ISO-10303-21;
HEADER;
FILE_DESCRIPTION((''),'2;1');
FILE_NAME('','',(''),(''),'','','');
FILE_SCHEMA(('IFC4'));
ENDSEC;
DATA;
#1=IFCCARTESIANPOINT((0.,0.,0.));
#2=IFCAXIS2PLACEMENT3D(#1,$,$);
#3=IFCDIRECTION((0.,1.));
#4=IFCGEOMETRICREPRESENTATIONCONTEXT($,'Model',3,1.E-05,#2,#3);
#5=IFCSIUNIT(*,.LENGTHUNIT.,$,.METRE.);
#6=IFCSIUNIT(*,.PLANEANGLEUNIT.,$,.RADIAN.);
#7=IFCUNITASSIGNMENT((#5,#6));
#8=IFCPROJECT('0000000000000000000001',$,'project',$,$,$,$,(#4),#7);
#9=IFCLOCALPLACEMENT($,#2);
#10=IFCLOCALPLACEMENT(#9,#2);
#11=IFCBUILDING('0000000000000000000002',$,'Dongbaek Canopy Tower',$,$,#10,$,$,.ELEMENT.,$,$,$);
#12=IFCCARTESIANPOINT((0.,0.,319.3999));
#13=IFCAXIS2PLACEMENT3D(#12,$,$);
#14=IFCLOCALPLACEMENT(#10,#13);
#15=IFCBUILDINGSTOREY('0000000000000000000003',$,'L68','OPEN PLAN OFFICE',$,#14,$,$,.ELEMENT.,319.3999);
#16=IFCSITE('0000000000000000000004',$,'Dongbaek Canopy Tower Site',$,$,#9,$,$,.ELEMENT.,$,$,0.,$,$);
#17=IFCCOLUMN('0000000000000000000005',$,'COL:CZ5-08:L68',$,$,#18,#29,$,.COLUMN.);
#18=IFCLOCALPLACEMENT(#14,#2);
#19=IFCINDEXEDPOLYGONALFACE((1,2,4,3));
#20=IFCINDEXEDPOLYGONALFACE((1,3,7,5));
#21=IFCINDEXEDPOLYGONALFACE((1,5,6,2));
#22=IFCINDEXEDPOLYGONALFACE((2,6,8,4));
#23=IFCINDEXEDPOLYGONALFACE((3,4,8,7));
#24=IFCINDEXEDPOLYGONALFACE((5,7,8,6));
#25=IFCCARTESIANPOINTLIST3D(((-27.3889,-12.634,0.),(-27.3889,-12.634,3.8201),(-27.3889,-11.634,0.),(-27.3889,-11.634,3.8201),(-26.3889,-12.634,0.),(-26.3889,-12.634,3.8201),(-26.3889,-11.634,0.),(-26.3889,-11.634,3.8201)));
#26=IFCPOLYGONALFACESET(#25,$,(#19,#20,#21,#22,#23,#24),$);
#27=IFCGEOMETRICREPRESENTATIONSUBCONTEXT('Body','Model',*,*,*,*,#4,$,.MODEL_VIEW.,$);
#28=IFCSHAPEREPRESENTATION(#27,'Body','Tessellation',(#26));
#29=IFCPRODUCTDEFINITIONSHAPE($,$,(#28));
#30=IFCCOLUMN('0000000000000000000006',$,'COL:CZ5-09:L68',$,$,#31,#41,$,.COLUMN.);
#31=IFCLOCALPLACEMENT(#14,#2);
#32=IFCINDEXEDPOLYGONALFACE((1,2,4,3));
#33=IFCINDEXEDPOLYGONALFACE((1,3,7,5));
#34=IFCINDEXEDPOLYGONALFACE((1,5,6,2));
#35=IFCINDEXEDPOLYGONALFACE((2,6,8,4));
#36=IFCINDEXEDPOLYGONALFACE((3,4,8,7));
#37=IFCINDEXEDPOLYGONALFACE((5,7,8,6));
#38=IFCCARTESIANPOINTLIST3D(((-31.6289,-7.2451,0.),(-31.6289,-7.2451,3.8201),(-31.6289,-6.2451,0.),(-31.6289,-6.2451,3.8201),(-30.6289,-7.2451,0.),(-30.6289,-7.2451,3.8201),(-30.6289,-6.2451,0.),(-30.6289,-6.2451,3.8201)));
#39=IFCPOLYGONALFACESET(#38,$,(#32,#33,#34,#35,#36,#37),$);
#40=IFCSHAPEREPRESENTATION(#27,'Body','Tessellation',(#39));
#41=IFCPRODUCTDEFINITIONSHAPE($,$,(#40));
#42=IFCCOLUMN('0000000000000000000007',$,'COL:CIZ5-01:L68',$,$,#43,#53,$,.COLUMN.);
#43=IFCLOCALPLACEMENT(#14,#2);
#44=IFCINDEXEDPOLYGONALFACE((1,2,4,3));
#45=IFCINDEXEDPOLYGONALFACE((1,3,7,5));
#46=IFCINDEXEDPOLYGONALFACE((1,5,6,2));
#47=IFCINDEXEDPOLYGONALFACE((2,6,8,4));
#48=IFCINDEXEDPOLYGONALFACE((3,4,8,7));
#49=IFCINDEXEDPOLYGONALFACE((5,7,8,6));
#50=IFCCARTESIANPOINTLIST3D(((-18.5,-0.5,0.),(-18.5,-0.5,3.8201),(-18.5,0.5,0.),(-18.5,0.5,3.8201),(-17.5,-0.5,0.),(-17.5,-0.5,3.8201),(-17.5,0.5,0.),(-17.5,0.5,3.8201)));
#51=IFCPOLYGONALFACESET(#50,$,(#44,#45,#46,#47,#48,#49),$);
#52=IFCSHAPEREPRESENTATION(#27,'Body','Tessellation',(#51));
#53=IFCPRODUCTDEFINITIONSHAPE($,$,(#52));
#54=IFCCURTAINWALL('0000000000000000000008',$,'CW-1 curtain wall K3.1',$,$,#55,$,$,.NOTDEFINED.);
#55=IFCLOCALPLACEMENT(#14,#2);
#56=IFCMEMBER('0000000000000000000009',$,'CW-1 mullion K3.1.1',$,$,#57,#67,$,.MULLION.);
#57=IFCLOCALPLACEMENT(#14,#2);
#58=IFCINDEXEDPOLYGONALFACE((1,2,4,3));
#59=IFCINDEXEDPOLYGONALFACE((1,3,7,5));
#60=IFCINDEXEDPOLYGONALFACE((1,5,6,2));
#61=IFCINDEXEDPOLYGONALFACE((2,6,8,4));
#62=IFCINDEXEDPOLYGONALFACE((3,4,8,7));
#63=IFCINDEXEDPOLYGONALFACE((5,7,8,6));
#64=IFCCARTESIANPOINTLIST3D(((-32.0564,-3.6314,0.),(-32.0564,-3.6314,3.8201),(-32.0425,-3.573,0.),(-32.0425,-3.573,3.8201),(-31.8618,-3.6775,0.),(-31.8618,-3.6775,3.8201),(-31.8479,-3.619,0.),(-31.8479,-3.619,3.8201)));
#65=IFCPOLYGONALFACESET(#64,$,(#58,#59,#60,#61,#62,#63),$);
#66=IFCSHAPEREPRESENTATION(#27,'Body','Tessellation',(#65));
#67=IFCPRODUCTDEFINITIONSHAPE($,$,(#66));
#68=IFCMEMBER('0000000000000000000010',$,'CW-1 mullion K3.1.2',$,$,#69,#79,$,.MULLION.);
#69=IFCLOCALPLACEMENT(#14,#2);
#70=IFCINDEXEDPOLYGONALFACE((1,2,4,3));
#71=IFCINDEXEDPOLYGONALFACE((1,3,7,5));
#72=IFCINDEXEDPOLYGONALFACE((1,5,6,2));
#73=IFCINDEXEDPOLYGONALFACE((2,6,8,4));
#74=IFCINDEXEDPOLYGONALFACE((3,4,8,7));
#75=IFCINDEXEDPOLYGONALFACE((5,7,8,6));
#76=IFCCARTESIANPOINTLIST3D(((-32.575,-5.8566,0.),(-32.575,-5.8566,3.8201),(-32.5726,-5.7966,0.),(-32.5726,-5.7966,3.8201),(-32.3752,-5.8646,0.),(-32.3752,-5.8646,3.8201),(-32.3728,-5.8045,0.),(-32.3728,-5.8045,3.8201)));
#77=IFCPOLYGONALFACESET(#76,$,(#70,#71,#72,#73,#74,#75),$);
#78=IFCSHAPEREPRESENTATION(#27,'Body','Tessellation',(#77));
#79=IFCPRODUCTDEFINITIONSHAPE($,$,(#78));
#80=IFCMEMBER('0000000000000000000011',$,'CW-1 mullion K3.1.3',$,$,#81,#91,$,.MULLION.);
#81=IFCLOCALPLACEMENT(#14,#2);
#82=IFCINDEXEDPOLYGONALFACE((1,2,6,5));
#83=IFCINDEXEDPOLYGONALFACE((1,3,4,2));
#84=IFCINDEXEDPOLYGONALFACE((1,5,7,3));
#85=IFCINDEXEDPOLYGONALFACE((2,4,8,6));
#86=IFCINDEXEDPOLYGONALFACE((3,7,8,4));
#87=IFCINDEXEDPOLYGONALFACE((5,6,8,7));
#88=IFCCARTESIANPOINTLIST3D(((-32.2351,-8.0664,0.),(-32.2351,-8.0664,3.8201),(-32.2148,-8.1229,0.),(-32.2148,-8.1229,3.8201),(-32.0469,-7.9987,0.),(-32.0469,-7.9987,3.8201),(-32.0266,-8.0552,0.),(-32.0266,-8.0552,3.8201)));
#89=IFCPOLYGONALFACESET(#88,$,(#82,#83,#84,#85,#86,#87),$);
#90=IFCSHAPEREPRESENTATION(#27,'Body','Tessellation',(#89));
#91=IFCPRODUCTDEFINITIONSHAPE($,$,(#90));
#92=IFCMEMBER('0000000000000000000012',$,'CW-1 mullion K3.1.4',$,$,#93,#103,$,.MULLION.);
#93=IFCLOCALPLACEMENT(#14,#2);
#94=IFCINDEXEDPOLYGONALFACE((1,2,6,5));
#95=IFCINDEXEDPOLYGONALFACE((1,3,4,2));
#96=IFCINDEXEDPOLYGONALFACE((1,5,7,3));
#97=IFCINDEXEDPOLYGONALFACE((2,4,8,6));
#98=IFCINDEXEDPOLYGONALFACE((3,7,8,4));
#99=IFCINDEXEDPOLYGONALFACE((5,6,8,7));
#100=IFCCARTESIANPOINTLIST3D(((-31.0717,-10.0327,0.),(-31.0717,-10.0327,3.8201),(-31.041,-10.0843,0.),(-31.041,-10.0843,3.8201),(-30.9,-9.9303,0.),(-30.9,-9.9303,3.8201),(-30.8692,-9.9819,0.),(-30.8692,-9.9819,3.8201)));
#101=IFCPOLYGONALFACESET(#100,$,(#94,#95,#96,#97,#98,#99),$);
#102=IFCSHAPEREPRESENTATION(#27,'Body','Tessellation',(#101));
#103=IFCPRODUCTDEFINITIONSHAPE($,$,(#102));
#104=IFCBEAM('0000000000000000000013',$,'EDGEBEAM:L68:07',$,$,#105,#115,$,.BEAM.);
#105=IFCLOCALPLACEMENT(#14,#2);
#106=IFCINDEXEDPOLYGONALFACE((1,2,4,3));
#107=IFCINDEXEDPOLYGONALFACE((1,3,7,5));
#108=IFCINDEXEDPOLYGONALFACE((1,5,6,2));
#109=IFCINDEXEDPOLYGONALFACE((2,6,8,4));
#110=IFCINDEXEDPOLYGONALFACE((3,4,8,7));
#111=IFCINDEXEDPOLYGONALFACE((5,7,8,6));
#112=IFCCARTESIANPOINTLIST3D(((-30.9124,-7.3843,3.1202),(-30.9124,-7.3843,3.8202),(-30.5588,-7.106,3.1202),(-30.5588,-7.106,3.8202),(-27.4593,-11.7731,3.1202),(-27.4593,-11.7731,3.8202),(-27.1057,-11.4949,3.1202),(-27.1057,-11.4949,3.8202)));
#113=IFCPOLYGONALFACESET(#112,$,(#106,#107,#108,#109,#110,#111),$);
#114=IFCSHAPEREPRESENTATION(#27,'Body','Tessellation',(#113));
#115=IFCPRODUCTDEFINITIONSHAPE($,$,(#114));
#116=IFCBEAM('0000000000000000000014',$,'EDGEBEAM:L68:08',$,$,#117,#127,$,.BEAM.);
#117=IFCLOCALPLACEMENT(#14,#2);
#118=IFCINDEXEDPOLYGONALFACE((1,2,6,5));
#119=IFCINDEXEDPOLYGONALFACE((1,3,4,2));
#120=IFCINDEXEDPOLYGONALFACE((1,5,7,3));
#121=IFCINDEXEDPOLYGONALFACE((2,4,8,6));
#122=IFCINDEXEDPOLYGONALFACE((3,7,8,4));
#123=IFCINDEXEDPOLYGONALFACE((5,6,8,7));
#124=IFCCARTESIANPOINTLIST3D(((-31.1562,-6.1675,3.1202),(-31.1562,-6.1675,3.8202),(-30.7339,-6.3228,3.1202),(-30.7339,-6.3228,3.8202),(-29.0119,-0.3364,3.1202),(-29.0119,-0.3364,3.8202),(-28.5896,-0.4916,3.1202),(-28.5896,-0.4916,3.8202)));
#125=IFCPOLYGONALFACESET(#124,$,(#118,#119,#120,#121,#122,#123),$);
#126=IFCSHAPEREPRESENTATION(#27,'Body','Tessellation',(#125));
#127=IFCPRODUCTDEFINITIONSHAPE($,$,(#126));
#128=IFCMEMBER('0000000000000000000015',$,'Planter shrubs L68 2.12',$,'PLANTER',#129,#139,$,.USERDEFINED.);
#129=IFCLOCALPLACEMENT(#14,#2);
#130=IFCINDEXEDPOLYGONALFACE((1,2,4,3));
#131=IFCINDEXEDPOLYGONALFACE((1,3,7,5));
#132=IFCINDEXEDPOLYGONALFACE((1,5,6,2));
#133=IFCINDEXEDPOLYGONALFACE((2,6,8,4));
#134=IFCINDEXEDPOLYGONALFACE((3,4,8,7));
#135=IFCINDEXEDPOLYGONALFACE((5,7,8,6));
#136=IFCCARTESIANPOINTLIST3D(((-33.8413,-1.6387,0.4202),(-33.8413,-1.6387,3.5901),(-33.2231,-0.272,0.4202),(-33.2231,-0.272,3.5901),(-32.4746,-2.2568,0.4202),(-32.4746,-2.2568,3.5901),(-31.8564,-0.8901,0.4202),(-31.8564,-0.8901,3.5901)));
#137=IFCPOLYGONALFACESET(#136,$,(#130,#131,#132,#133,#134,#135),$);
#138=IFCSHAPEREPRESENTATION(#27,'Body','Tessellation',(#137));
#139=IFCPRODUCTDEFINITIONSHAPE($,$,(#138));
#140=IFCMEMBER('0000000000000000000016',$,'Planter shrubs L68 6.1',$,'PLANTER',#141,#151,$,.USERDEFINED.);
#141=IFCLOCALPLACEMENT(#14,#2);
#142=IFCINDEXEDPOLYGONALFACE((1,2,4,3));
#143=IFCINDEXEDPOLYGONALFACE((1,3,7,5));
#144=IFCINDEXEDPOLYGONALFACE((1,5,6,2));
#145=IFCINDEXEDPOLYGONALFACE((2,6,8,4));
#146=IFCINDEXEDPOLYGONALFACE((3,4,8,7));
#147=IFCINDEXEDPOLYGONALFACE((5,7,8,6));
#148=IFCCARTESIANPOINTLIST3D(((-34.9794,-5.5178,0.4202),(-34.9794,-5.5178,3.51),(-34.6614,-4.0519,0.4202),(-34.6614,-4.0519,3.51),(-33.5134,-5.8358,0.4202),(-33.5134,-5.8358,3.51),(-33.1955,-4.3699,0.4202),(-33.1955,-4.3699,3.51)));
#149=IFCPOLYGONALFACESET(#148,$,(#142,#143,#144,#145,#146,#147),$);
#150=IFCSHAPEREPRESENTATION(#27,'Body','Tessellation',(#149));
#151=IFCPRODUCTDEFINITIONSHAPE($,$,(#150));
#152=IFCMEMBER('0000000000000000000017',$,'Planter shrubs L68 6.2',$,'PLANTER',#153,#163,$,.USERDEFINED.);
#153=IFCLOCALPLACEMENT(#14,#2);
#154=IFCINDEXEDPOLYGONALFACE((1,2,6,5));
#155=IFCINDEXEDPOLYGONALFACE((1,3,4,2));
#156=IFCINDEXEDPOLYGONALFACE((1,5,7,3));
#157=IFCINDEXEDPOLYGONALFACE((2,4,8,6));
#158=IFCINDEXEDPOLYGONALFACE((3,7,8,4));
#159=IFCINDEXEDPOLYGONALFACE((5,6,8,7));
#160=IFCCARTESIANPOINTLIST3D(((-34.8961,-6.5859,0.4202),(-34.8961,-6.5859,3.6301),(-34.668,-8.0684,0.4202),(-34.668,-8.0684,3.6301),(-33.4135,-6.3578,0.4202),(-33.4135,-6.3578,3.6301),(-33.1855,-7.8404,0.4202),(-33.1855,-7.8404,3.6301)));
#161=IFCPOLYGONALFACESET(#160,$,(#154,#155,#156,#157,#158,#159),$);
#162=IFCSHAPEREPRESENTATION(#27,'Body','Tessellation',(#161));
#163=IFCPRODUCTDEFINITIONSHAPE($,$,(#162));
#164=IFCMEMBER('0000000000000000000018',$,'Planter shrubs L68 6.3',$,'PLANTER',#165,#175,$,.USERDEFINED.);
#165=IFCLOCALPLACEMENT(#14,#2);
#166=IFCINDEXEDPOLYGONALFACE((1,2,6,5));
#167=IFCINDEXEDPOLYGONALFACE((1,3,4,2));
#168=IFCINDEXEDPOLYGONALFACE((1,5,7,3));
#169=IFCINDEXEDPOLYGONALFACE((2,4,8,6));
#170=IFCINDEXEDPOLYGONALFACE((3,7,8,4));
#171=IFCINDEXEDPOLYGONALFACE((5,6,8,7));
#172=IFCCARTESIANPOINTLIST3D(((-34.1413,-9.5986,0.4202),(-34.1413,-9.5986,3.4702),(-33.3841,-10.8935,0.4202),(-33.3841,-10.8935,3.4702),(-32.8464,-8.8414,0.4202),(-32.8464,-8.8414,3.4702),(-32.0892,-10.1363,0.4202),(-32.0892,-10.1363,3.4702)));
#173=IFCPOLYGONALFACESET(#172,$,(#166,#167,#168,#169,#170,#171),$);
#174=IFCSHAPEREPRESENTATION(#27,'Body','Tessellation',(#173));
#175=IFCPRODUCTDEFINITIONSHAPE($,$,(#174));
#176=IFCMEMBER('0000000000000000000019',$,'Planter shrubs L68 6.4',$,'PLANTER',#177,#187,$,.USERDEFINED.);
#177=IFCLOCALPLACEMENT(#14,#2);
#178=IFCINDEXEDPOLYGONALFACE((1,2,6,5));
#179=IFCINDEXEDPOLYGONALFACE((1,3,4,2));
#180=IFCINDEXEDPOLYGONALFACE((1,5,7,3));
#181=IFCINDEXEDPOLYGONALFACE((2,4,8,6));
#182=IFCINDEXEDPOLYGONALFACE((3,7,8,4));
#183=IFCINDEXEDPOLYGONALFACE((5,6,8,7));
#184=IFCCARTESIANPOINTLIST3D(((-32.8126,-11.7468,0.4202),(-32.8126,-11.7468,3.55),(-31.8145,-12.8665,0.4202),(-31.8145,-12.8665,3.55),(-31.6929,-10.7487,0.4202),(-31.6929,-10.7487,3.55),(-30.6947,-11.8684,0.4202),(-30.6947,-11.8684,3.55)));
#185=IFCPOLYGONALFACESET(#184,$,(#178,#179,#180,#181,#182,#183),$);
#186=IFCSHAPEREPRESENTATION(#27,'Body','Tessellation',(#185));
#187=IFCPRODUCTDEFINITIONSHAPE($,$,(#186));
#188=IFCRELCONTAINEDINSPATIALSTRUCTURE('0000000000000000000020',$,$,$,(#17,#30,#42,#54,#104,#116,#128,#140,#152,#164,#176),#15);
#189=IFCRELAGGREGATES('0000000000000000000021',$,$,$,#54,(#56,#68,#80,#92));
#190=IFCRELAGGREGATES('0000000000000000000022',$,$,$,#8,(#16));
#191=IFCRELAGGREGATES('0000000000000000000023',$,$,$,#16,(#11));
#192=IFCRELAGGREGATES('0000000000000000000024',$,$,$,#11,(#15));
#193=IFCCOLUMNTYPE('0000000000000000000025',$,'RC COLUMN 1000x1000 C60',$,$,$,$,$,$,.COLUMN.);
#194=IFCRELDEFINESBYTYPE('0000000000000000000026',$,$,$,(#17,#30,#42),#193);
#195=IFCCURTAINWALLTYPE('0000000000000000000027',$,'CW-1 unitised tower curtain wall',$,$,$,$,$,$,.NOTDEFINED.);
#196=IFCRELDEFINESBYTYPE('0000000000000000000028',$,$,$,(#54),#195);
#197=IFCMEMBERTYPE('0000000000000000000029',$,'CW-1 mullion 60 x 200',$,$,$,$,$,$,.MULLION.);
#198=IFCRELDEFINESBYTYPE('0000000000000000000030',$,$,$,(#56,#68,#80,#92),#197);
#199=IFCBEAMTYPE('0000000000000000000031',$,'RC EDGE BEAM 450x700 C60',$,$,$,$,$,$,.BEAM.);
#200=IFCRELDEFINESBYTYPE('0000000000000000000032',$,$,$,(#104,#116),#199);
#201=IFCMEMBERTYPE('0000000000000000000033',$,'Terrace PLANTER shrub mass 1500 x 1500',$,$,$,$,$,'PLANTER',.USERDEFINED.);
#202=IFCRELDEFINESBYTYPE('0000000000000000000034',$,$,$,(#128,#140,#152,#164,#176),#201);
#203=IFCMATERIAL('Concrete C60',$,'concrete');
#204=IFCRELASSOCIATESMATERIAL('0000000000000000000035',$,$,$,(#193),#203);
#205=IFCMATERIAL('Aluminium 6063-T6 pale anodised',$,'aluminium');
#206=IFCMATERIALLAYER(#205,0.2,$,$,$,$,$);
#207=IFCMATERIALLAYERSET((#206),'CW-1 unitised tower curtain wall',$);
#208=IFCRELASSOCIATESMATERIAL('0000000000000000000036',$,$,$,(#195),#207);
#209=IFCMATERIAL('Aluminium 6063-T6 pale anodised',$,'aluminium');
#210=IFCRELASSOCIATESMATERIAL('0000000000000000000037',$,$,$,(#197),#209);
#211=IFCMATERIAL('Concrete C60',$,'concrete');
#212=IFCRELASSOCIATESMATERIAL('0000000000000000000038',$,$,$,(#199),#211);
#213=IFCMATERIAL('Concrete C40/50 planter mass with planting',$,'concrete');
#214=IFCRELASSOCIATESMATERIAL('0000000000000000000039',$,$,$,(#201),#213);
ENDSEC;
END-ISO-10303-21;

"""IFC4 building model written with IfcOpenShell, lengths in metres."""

from ifc_helpers import new_model, si_unit, direction, frame, origin, origin_2d, place, context, subcontext, project, spatial, rectangle, extrude, material, layer, layer_set, material_profile, profile_set, type_object, element, aggregate, save


model = new_model("IFC4")

# Units and contexts
model_context = context("Model", 3, precision=1e-05, world=origin(), true_north=direction((0.0, 1.0)))
body_context = subcontext(model_context, "Body", "Model", "MODEL_VIEW")
ifc_project = project(units=[si_unit("LENGTHUNIT", "METRE"), si_unit("PLANEANGLEUNIT", "RADIAN")], contexts=[model_context])

# Site, building, storey
site_placement = place(None, origin())
site = spatial("IfcSite", under=ifc_project, at=site_placement, Name="Dongbaek Canopy Tower Site", CompositionType="ELEMENT", RefElevation=0.0)
building_placement = place(site_placement, origin())
building = spatial("IfcBuilding", under=site, at=building_placement, Name="Dongbaek Canopy Tower", CompositionType="ELEMENT")
storey_placement = place(building_placement, frame((0.0, 0.0, 319.3999)))
storey = spatial("IfcBuildingStorey", under=building, at=storey_placement, Name="L68", Description="OPEN PLAN OFFICE", CompositionType="ELEMENT", Elevation=319.3999)

# Columns
ifc_material_1 = material(Name="Concrete C60", Category="concrete")
ifc_material_profile_1 = material_profile(ifc_material_1, rectangle(XDim=1.0, YDim=1.0, at=origin_2d()), Name="RC COLUMN 1000x1000 C60")
ifc_profile_set_1 = profile_set([ifc_material_profile_1], Name="Concrete C60")
column_type = type_object("IfcColumnType", Name="RC COLUMN 1000x1000 C60", PredefinedType="COLUMN", material=ifc_profile_set_1)
for number, where, z_axis, x_axis, name in (
    (1, (-26.8889, -12.134, 0.0), (0.0, 0.0, 1.0), (1.0, 0.0, 0.0), "COL:CZ5-08:L68"),
    (2, (-31.1289, -6.7451, 0.0), (0.0, 0.0, 1.0), (1.0, 0.0, 0.0), "COL:CZ5-09:L68"),
    (3, (-18.0, 0.0, 0.0), (0.0, 0.0, 1.0), (1.0, 0.0, 0.0), "COL:CIZ5-01:L68"),
):
    element("IfcColumn", number, at=place(storey_placement, frame(where, z_axis=z_axis, x_axis=x_axis)), inside=storey, type_object=column_type, Name=name, PredefinedType="COLUMN", context=body_context, shape_type="SweptSolid", body=[
        extrude(rectangle(XDim=1.0, YDim=1.0, at=origin_2d()), origin(), (0.0, 0.0, 1.0), 3.8201),
    ])

# Curtain wall, members
ifc_material_2 = material(Name="Aluminium 6063-T6 pale anodised", Category="aluminium")
ifc_layer_1 = layer(ifc_material_2, 0.2)
ifc_layer_set_1 = layer_set([ifc_layer_1], Name="CW-1 unitised tower curtain wall")
curtain_wall_type = type_object("IfcCurtainWallType", Name="CW-1 unitised tower curtain wall", PredefinedType="NOTDEFINED", material=ifc_layer_set_1)
curtain_wall_placement = place(storey_placement, origin())
curtain_wall = element("IfcCurtainWall", 4, at=curtain_wall_placement, inside=storey, type_object=curtain_wall_type, Name="CW-1 curtain wall K3.1", PredefinedType="NOTDEFINED")
ifc_material_3 = material(Name="Aluminium 6063-T6 pale anodised", Category="aluminium")
ifc_material_profile_2 = material_profile(ifc_material_3, rectangle(XDim=0.2, YDim=0.0601, at=origin_2d()), Name="CW-1 mullion 60 x 200")
ifc_profile_set_2 = profile_set([ifc_material_profile_2], Name="Aluminium 6063-T6 pale anodised")
member_type_1 = type_object("IfcMemberType", Name="CW-1 mullion 60 x 200", PredefinedType="MULLION", material=ifc_profile_set_2)
member_1_placement = place(storey_placement, frame((-31.9521, -3.6252, 0.0), z_axis=(0.0, 0.0, 1.0), x_axis=(-0.973136, 0.230232, 0.0)))
member_1 = element("IfcMember", 5, at=member_1_placement, type_object=member_type_1, Name="CW-1 mullion K3.1.1", PredefinedType="MULLION", context=body_context, shape_type="SweptSolid", body=[
    extrude(rectangle(XDim=0.2, YDim=0.0601, at=origin_2d()), origin(), (0.0, 0.0, 1.0), 3.8201),
])
member_2_placement = place(storey_placement, frame((-32.4739, -5.8306, 0.0), z_axis=(0.0, 0.0, 1.0), x_axis=(-0.999206, 0.039839, 0.0)))
member_2 = element("IfcMember", 6, at=member_2_placement, type_object=member_type_1, Name="CW-1 mullion K3.1.2", PredefinedType="MULLION", context=body_context, shape_type="SweptSolid", body=[
    extrude(rectangle(XDim=0.2, YDim=0.0601, at=origin_2d()), origin(), (0.0, 0.0, 1.0), 3.8201),
])
member_3_placement = place(storey_placement, frame((-32.1309, -8.0608, 0.0), z_axis=(0.0, 0.0, 1.0), x_axis=(-0.941048, -0.338274, 0.0)))
member_3 = element("IfcMember", 7, at=member_3_placement, type_object=member_type_1, Name="CW-1 mullion K3.1.3", PredefinedType="MULLION", context=body_context, shape_type="SweptSolid", body=[
    extrude(rectangle(XDim=0.2, YDim=0.0601, at=origin_2d()), origin(), (0.0, 0.0, 1.0), 3.8201),
])
member_4_placement = place(storey_placement, frame((-30.9705, -10.0073, 0.0), z_axis=(0.0, 0.0, 1.0), x_axis=(-0.858967, -0.512031, 0.0)))
member_4 = element("IfcMember", 8, at=member_4_placement, type_object=member_type_1, Name="CW-1 mullion K3.1.4", PredefinedType="MULLION", context=body_context, shape_type="SweptSolid", body=[
    extrude(rectangle(XDim=0.2, YDim=0.0601, at=origin_2d()), origin(), (0.0, 0.0, 1.0), 3.8201),
])

# Beams
ifc_material_4 = material(Name="Concrete C60", Category="concrete")
ifc_material_profile_3 = material_profile(ifc_material_4, rectangle(XDim=0.45, YDim=0.7, at=origin_2d()), Name="RC EDGE BEAM 450x700 C60")
ifc_profile_set_3 = profile_set([ifc_material_profile_3], Name="Concrete C60")
beam_type = type_object("IfcBeamType", Name="RC EDGE BEAM 450x700 C60", PredefinedType="BEAM", material=ifc_profile_set_3)
beam_1_placement = place(storey_placement, frame((-27.2825, -11.634, 3.4702), z_axis=(-0.618341, 0.78591, 0.0), x_axis=(-0.78591, -0.618341, 0.0)))
element("IfcBeam", 9, at=beam_1_placement, inside=storey, type_object=beam_type, Name="EDGEBEAM:L68:07", PredefinedType="BEAM", context=body_context, shape_type="SweptSolid", body=[
    extrude(rectangle(XDim=0.45, YDim=0.7, at=origin_2d()), origin(), (0.0, 0.0, 1.0), 5.5845),
])
beam_2_placement = place(storey_placement, frame((-30.9451, -6.2451, 3.4702), z_axis=(0.345139, 0.938552, 0.0), x_axis=(-0.938552, 0.345139, 0.0)))
element("IfcBeam", 10, at=beam_2_placement, inside=storey, type_object=beam_type, Name="EDGEBEAM:L68:08", PredefinedType="BEAM", context=body_context, shape_type="SweptSolid", body=[
    extrude(rectangle(XDim=0.45, YDim=0.7, at=origin_2d()), origin(), (0.0, 0.0, 1.0), 6.2129),
])

# Members
ifc_material_5 = material(Name="Concrete C40/50 planter mass with planting", Category="concrete")
ifc_material_profile_4 = material_profile(ifc_material_5, rectangle(XDim=1.5, YDim=1.5, at=origin_2d()), Name="Terrace PLANTER shrub mass 1500 x 1500")
ifc_profile_set_4 = profile_set([ifc_material_profile_4], Name="Concrete C40/50 planter mass with planting")
member_type_2 = type_object("IfcMemberType", Name="Terrace PLANTER shrub mass 1500 x 1500", ElementType="PLANTER", PredefinedType="USERDEFINED", material=ifc_profile_set_4)
member_5_placement = place(storey_placement, frame((-32.8489, -1.2644, 0.4202), z_axis=(0.0, 0.0, 1.0), x_axis=(-0.911129, 0.412122, 0.0)))
element("IfcMember", 11, at=member_5_placement, inside=storey, type_object=member_type_2, Name="Planter shrubs L68 2.12", ObjectType="PLANTER", PredefinedType="USERDEFINED", context=body_context, shape_type="SweptSolid", body=[
    extrude(rectangle(XDim=1.5, YDim=1.5, at=origin_2d()), origin(), (0.0, 0.0, 1.0), 3.1699),
])
member_6_placement = place(storey_placement, frame((-34.0874, -4.9438, 0.4202), z_axis=(0.0, 0.0, 1.0), x_axis=(-0.97727, 0.211996, 0.0)))
element("IfcMember", 12, at=member_6_placement, inside=storey, type_object=member_type_2, Name="Planter shrubs L68 6.1", ObjectType="PLANTER", PredefinedType="USERDEFINED", context=body_context, shape_type="SweptSolid", body=[
    extrude(rectangle(XDim=1.5, YDim=1.5, at=origin_2d()), origin(), (0.0, 0.0, 1.0), 3.0898),
])
member_7_placement = place(storey_placement, frame((-34.0408, -7.2131, 0.4202), z_axis=(0.0, 0.0, 1.0), x_axis=(-0.988377, -0.152024, 0.0)))
element("IfcMember", 13, at=member_7_placement, inside=storey, type_object=member_type_2, Name="Planter shrubs L68 6.2", ObjectType="PLANTER", PredefinedType="USERDEFINED", context=body_context, shape_type="SweptSolid", body=[
    extrude(rectangle(XDim=1.5, YDim=1.5, at=origin_2d()), origin(), (0.0, 0.0, 1.0), 3.21),
])
member_8_placement = place(storey_placement, frame((-33.1152, -9.8674, 0.4202), z_axis=(0.0, 0.0, 1.0), x_axis=(-0.863242, -0.50479, 0.0)))
element("IfcMember", 14, at=member_8_placement, inside=storey, type_object=member_type_2, Name="Planter shrubs L68 6.3", ObjectType="PLANTER", PredefinedType="USERDEFINED", context=body_context, shape_type="SweptSolid", body=[
    extrude(rectangle(XDim=1.5, YDim=1.5, at=origin_2d()), origin(), (0.0, 0.0, 1.0), 3.05),
])
member_9_placement = place(storey_placement, frame((-31.7537, -11.8076, 0.4202), z_axis=(0.0, 0.0, 1.0), x_axis=(-0.746479, -0.665409, 0.0)))
element("IfcMember", 15, at=member_9_placement, inside=storey, type_object=member_type_2, Name="Planter shrubs L68 6.4", ObjectType="PLANTER", PredefinedType="USERDEFINED", context=body_context, shape_type="SweptSolid", body=[
    extrude(rectangle(XDim=1.5, YDim=1.5, at=origin_2d()), origin(), (0.0, 0.0, 1.0), 3.1299),
])

aggregate(curtain_wall, [member_1, member_2, member_3, member_4])

save(model, "model.ifc")
